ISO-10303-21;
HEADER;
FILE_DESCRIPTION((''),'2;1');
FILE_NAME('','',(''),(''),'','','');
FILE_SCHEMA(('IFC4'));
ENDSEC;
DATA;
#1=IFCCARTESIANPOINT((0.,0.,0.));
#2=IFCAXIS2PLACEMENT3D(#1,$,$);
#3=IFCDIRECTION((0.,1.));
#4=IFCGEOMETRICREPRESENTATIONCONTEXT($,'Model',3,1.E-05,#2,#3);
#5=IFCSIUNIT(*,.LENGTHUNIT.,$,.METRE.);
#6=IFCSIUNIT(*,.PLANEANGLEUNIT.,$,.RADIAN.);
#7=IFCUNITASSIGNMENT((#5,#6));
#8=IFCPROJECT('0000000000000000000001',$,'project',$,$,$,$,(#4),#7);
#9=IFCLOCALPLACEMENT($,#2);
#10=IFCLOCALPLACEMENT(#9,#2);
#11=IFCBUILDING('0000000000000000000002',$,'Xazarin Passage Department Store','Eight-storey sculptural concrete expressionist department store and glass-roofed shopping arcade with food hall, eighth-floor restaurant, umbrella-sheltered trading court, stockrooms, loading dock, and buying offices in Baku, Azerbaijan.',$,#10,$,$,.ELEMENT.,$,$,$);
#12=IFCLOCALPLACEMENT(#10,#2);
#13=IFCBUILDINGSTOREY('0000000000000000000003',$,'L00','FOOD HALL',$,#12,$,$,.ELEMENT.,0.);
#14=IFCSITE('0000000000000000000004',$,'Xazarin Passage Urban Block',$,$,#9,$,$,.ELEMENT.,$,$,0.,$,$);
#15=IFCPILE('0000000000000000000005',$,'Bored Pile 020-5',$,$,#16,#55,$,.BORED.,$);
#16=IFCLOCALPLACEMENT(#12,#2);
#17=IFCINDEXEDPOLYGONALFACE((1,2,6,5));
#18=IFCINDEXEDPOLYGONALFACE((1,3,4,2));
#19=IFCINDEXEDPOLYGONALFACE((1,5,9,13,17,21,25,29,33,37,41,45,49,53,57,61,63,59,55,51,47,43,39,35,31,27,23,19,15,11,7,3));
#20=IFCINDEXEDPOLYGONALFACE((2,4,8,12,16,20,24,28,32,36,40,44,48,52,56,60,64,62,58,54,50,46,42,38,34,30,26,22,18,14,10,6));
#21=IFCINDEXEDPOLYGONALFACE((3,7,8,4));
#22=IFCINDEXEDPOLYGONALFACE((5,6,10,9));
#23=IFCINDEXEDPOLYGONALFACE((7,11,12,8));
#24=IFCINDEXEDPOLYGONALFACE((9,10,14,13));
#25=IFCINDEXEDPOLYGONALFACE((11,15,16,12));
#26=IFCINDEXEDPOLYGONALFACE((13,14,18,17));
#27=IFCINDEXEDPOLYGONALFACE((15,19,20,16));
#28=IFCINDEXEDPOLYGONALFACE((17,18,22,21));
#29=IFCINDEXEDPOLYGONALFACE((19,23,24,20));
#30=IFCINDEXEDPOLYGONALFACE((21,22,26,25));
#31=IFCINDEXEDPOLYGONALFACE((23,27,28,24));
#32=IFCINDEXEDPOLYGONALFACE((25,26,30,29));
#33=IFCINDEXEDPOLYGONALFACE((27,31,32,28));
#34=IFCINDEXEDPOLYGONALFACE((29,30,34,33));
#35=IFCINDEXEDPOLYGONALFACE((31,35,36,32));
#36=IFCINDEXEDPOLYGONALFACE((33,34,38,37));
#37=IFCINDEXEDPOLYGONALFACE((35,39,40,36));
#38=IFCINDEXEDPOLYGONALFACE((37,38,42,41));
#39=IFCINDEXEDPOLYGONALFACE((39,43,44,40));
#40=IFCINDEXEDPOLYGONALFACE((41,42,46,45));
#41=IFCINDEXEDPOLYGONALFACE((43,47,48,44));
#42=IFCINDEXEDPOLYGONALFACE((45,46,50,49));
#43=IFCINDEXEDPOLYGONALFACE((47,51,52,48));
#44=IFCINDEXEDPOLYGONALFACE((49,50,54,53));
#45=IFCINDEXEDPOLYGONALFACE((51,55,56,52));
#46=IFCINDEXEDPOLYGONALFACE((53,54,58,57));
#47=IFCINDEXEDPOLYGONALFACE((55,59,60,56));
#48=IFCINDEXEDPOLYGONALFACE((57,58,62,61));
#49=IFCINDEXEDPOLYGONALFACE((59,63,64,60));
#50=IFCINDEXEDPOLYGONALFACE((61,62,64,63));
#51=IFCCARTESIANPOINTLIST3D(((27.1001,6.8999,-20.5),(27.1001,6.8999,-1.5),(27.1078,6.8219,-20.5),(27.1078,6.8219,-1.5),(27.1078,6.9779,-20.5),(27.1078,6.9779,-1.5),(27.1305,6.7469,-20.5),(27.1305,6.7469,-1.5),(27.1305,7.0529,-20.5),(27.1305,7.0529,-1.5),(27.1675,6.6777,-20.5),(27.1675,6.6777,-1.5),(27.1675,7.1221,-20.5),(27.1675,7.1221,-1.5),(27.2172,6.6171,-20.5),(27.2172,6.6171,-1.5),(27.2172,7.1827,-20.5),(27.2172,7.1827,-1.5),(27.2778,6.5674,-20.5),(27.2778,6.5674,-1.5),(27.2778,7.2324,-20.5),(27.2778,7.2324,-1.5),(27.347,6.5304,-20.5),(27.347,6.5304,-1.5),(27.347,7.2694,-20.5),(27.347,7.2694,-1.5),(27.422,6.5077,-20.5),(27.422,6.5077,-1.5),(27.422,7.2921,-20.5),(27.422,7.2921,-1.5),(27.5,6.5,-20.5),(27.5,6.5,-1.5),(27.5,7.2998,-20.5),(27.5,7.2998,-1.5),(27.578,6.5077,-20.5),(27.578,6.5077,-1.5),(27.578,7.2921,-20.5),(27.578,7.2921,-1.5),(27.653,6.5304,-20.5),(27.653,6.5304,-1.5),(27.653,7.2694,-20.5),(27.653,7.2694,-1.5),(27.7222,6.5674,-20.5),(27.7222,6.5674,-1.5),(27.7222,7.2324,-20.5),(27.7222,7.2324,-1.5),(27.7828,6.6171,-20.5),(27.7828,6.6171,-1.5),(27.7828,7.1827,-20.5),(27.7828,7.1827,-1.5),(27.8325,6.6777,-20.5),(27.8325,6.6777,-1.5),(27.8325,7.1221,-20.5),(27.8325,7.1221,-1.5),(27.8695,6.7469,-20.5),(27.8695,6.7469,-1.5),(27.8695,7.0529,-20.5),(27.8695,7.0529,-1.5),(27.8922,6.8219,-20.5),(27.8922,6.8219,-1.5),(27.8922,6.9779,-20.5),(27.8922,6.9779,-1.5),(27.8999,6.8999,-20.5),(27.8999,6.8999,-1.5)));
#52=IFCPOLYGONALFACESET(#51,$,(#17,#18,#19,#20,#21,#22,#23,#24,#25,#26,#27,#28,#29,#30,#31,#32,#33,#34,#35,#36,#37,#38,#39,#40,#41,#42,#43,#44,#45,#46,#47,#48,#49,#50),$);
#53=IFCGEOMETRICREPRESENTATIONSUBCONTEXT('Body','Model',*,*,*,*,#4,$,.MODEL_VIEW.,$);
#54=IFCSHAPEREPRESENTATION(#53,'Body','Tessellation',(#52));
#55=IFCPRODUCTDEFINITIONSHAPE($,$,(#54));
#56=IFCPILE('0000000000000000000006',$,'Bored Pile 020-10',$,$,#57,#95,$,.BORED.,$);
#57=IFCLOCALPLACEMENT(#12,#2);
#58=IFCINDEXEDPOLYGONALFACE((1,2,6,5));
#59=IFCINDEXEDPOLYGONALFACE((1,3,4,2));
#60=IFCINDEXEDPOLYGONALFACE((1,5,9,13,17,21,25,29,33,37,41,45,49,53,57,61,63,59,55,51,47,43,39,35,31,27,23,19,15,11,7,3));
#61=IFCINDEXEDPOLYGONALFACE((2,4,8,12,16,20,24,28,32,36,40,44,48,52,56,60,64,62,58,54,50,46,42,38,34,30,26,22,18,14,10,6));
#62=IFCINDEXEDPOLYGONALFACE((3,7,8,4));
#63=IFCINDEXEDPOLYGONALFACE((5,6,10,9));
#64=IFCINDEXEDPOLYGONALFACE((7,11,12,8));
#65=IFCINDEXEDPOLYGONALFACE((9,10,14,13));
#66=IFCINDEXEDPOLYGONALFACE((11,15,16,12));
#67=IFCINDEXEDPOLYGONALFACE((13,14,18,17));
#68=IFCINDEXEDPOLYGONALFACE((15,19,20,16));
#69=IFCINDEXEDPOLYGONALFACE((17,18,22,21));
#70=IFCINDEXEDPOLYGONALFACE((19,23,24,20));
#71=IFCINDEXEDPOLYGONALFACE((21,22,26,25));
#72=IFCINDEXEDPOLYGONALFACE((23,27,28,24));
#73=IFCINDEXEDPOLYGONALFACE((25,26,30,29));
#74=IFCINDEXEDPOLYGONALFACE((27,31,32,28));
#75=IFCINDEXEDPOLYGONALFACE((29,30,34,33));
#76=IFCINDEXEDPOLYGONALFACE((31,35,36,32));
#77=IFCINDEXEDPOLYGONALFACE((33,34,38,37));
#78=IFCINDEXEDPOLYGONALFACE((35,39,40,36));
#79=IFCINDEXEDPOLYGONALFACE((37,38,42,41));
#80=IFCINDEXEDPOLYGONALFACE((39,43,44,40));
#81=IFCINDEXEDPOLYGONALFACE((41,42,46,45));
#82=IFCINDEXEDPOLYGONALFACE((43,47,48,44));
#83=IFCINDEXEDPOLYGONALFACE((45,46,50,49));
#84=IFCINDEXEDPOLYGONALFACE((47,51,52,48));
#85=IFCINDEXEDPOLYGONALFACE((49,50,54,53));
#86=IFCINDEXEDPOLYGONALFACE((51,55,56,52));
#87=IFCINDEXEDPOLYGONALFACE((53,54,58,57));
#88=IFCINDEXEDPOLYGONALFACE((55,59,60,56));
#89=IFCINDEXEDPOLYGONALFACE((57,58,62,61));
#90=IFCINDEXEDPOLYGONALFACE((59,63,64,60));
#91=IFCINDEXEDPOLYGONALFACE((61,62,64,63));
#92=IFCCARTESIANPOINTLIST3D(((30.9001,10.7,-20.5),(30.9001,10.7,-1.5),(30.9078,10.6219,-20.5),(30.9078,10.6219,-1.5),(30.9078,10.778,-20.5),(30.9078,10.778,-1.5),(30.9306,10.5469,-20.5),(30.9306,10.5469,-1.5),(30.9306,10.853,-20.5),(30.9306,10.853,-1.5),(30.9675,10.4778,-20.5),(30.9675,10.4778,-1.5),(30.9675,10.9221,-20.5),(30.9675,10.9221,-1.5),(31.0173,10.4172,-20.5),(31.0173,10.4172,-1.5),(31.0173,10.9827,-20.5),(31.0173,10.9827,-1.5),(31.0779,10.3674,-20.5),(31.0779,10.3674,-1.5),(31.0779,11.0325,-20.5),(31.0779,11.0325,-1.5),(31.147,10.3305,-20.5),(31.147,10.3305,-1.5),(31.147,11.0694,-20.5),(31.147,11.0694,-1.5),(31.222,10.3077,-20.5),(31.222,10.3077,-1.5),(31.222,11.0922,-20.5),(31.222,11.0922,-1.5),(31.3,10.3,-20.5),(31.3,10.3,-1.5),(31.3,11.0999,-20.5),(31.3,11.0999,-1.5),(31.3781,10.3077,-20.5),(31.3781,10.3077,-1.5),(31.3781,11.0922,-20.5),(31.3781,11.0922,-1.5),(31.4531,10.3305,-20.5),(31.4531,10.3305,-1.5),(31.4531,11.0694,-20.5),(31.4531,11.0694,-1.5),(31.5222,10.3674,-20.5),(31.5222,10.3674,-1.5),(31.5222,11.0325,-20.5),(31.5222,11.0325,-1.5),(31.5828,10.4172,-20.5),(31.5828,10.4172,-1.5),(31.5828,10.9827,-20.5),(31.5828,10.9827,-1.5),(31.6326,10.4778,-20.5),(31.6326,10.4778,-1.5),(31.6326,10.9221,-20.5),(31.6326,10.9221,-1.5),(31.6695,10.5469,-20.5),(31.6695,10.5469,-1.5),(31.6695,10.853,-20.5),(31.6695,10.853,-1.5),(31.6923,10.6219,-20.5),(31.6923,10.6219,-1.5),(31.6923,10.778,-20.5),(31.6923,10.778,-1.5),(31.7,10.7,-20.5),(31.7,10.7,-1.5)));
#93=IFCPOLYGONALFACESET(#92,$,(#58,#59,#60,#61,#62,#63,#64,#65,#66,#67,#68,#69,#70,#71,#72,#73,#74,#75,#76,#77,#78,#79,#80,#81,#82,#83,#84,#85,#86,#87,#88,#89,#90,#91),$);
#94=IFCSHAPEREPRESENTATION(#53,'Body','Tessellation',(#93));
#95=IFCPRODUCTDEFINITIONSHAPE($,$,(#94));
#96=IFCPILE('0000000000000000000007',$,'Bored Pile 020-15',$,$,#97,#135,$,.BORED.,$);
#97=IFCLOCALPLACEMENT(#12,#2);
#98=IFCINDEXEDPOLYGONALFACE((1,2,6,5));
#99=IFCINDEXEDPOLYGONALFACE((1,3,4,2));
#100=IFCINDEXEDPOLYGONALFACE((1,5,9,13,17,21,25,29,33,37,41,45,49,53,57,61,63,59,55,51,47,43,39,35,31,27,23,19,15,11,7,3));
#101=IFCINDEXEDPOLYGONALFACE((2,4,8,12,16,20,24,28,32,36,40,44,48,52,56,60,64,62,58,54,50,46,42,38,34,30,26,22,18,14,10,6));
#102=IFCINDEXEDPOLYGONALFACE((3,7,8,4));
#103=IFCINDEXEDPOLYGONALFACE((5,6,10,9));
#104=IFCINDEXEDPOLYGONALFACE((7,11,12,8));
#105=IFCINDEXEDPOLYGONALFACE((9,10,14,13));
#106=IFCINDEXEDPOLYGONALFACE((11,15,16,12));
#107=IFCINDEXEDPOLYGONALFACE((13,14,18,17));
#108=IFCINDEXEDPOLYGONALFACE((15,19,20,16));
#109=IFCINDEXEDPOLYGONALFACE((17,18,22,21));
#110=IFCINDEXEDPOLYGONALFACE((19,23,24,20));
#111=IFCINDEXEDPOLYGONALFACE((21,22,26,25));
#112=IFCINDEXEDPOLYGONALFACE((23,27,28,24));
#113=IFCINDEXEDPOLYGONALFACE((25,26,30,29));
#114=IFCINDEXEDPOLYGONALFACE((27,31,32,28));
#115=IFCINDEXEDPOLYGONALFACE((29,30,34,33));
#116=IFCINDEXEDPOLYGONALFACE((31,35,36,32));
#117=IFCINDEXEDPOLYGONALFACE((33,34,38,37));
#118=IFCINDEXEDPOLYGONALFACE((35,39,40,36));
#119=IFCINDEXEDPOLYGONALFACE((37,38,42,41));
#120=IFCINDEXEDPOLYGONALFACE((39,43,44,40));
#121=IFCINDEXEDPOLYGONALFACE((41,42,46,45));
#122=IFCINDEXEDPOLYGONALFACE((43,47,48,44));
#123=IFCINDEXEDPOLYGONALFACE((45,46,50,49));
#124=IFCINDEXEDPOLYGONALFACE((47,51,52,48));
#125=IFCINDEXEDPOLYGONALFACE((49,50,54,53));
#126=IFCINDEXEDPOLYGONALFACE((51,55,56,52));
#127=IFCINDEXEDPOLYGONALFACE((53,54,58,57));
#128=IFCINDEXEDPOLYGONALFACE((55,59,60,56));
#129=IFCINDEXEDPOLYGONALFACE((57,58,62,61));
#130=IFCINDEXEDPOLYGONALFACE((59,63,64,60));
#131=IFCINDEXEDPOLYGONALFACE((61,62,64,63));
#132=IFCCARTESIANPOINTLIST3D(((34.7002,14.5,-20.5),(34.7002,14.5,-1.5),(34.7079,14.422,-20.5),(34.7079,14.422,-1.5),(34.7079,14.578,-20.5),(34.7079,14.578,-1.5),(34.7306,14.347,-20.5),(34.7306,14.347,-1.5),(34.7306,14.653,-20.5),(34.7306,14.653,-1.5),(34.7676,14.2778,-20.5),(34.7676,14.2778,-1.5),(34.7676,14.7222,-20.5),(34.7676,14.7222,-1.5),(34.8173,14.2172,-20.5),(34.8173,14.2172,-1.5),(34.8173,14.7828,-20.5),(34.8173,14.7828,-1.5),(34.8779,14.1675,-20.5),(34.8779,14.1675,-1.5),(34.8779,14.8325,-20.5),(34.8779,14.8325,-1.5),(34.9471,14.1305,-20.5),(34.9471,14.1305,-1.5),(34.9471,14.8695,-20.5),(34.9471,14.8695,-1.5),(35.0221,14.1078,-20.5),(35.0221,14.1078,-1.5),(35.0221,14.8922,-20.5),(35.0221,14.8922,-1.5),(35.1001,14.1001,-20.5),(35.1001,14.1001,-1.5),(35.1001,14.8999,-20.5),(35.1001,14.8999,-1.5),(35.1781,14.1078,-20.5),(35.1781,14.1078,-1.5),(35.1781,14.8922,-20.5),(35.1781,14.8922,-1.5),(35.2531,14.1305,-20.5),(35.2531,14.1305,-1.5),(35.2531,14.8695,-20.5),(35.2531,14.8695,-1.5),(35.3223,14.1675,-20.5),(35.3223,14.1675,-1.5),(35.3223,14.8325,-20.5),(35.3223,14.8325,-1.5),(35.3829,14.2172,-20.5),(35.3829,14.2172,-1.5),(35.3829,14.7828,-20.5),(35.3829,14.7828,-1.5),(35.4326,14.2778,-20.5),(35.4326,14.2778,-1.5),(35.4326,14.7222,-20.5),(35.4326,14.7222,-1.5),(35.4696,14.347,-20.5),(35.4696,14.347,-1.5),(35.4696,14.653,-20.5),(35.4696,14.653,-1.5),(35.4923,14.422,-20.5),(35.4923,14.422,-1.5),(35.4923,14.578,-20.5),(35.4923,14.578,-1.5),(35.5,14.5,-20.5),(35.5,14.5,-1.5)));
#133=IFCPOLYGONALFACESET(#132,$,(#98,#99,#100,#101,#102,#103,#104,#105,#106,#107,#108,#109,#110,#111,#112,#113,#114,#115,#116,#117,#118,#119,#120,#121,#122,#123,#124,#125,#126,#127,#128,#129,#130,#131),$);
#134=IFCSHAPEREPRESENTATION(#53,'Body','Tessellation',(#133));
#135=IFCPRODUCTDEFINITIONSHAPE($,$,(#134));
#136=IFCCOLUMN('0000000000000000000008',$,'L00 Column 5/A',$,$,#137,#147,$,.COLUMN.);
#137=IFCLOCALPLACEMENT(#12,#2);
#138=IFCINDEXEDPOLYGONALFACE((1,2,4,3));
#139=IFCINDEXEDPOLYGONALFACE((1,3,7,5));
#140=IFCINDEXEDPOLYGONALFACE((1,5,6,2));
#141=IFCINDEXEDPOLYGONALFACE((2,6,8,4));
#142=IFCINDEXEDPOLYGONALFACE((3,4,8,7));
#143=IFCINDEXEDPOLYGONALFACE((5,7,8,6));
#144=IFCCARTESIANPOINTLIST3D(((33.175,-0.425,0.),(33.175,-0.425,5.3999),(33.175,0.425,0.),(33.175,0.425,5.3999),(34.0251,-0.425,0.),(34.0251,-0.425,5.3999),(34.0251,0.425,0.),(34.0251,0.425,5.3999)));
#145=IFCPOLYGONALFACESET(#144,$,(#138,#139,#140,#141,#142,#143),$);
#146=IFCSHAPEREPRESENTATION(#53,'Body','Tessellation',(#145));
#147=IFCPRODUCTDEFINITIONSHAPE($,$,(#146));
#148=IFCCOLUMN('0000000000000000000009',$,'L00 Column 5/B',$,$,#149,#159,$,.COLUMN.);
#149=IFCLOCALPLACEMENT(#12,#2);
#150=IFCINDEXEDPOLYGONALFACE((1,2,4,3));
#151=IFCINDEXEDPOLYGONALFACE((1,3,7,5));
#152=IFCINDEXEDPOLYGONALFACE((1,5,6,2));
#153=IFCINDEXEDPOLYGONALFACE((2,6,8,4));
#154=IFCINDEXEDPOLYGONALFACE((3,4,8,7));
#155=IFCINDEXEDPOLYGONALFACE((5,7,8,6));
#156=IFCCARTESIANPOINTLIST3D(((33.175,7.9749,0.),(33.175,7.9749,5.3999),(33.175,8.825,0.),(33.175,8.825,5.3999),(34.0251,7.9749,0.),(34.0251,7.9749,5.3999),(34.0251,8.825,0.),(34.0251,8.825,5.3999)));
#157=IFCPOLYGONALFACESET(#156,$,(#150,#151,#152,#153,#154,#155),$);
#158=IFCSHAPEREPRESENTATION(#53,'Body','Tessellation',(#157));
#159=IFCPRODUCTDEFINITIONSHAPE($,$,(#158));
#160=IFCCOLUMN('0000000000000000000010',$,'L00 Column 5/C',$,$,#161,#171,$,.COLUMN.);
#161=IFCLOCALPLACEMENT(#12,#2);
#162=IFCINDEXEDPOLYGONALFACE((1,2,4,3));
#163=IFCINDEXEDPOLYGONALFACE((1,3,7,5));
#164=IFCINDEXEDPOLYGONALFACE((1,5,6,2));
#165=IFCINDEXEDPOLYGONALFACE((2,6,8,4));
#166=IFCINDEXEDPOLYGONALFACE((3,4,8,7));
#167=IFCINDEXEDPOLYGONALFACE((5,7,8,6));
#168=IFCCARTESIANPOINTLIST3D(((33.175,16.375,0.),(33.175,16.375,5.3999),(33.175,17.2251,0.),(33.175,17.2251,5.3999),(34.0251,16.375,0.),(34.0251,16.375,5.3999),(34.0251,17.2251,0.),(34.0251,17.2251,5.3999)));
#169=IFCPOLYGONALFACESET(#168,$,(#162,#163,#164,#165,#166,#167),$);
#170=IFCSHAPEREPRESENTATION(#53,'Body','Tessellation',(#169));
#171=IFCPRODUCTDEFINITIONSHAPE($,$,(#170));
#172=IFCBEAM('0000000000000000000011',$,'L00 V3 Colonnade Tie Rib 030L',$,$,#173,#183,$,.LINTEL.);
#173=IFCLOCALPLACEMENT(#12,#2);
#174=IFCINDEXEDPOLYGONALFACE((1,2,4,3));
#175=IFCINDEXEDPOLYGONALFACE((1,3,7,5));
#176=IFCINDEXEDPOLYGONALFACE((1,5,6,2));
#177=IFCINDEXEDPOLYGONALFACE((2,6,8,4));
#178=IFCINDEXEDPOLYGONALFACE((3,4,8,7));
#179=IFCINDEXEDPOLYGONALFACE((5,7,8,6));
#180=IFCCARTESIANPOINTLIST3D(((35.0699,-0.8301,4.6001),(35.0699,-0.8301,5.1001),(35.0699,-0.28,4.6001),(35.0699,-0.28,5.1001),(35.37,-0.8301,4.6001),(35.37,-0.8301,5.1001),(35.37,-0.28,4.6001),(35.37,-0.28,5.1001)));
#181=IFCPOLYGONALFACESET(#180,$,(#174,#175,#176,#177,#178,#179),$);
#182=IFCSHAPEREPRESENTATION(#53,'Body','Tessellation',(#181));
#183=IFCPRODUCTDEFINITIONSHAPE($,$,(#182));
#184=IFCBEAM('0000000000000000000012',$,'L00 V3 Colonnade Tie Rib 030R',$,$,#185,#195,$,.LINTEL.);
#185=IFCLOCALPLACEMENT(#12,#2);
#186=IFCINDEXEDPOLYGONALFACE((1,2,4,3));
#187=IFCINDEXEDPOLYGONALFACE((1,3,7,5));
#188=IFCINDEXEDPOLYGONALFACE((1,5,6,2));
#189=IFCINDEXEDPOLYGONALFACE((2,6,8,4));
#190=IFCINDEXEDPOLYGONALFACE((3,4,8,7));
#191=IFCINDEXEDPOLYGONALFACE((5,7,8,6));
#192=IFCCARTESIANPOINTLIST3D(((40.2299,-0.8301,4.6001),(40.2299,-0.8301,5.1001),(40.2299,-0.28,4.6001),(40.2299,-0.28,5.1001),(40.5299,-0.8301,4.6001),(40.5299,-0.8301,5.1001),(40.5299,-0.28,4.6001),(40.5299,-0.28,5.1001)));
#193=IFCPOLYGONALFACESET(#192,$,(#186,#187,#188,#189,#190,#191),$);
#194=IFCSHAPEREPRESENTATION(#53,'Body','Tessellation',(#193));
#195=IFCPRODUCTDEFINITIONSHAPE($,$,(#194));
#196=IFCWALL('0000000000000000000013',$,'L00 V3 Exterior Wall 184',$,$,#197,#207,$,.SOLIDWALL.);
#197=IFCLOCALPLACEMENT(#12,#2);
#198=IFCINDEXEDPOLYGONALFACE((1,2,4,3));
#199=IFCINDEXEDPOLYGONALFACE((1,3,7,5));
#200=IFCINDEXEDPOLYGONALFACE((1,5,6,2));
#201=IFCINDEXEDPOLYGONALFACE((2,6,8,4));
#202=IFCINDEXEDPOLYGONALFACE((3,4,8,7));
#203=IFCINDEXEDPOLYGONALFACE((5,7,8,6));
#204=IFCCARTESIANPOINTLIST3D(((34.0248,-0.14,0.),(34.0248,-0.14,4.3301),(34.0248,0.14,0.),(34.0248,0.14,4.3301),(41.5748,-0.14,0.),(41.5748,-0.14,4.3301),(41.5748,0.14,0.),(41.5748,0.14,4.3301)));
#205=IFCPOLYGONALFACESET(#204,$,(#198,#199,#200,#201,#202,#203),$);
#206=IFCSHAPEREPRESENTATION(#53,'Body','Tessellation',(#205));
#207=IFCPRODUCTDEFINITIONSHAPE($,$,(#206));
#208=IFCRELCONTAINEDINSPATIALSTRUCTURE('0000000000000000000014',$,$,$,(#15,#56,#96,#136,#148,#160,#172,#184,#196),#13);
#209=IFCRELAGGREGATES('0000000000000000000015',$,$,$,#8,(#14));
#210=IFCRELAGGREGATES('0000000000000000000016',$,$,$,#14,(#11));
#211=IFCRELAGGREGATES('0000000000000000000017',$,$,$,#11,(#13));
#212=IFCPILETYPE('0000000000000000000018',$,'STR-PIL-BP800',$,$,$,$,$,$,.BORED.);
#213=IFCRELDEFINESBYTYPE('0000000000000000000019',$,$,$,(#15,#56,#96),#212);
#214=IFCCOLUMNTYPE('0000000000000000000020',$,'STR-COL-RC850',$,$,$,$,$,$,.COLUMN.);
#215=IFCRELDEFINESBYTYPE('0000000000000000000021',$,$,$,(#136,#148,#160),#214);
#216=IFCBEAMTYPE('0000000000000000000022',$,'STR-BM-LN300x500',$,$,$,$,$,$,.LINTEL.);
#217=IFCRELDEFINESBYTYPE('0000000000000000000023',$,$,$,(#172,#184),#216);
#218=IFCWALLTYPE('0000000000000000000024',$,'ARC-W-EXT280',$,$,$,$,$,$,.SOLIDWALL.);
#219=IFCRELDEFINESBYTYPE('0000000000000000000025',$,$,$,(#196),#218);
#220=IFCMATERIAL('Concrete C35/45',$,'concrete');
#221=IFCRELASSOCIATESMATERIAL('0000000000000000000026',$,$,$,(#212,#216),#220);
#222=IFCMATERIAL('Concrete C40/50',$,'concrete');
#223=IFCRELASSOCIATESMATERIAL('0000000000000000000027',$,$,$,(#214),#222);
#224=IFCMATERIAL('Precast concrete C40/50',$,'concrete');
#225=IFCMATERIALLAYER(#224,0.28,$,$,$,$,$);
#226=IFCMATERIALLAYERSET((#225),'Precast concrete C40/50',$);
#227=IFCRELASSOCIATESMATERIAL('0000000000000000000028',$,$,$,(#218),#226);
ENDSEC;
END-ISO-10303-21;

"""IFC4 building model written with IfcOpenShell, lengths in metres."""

from ifc_helpers import new_model, si_unit, direction, frame, frame_2d, origin, origin_2d, place, context, subcontext, project, spatial, rectangle, circle, extrude, material, layer, layer_set, material_profile, profile_set, type_object, element, save


model = new_model("IFC4")

# Units and contexts
model_context = context("Model", 3, precision=1e-05, world=origin(), true_north=direction((0.0, 1.0)))
body_context = subcontext(model_context, "Body", "Model", "MODEL_VIEW")
ifc_project = project(units=[si_unit("LENGTHUNIT", "METRE"), si_unit("PLANEANGLEUNIT", "RADIAN")], contexts=[model_context])

# Site, building, storey
site_placement = place(None, origin())
site = spatial("IfcSite", under=ifc_project, at=site_placement, Name="Xazarin Passage Urban Block", CompositionType="ELEMENT", RefElevation=0.0)
building_placement = place(site_placement, origin())
building = spatial("IfcBuilding", under=site, at=building_placement, Name="Xazarin Passage Department Store", Description="Eight-storey sculptural concrete expressionist department store and glass-roofed shopping arcade with food hall, eighth-floor restaurant, umbrella-sheltered trading court, stockrooms, loading dock, and buying offices in Baku, Azerbaijan.", CompositionType="ELEMENT")
storey_placement = place(building_placement, origin())
storey = spatial("IfcBuildingStorey", under=building, at=storey_placement, Name="L00", Description="FOOD HALL", CompositionType="ELEMENT", Elevation=0.0)

# Shared definitions
ifc_material_1 = material(Name="Concrete C35/45", Category="concrete")

# Piles
ifc_material_profile_1 = material_profile(ifc_material_1, circle(Radius=0.3999, at=origin_2d()), Name="BP 800")
ifc_profile_set_1 = profile_set([ifc_material_profile_1], Name="Concrete C35/45")
pile_type_1 = type_object("IfcPileType", Name="STR-PIL-BP800", PredefinedType="BORED", material=ifc_profile_set_1)
for number, where, z_axis, x_axis, name in (
    (1, (27.5, 6.8999, -1.5), (0.0, 0.0, -1.0), (1.0, 0.0, 0.0), "Bored Pile 020-5"),
    (2, (31.3, 10.7, -1.5), (0.0, 0.0, -1.0), (1.0, 0.0, 0.0), "Bored Pile 020-10"),
    (3, (35.1001, 14.5, -1.5), (0.0, 0.0, -1.0), (1.0, 0.0, 0.0), "Bored Pile 020-15"),
):
    element("IfcPile", number, at=place(storey_placement, frame(where, z_axis=z_axis, x_axis=x_axis)), inside=storey, type_object=pile_type_1, Name=name, PredefinedType="BORED", context=body_context, shape_type="SweptSolid", body=[
        extrude(circle(Radius=0.3999, at=origin_2d()), origin(), (0.0, 0.0, 1.0), 19.0),
    ])

# Columns
ifc_material_2 = material(Name="Concrete C40/50", Category="concrete")
ifc_material_profile_2 = material_profile(ifc_material_2, rectangle(XDim=0.8501, YDim=0.8501, at=origin_2d()), Name="RC 850x850")
ifc_profile_set_2 = profile_set([ifc_material_profile_2], Name="Concrete C40/50")
column_type = type_object("IfcColumnType", Name="STR-COL-RC850", PredefinedType="COLUMN", material=ifc_profile_set_2)
for number, where, z_axis, x_axis, name in (
    (4, (33.6001, 0.0, 0.0), (0.0, 0.0, 1.0), (1.0, 0.0, 0.0), "L00 Column 5/A"),
    (5, (33.6001, 8.3999, 0.0), (0.0, 0.0, 1.0), (1.0, 0.0, 0.0), "L00 Column 5/B"),
    (6, (33.6001, 16.8, 0.0), (0.0, 0.0, 1.0), (1.0, 0.0, 0.0), "L00 Column 5/C"),
):
    element("IfcColumn", number, at=place(storey_placement, frame(where, z_axis=z_axis, x_axis=x_axis)), inside=storey, type_object=column_type, Name=name, PredefinedType="COLUMN", context=body_context, shape_type="SweptSolid", body=[
        extrude(rectangle(XDim=0.8501, YDim=0.8501, at=origin_2d()), origin(), (0.0, 0.0, 1.0), 5.3999),
    ])

# Beams
ifc_material_profile_3 = material_profile(ifc_material_1, rectangle(XDim=0.3, YDim=0.5, at=origin_2d()), Name="RC 300x500")
ifc_profile_set_3 = profile_set([ifc_material_profile_3], Name="Concrete C35/45")
beam_type = type_object("IfcBeamType", Name="STR-BM-LN300x500", PredefinedType="LINTEL", material=ifc_profile_set_3)
for number, where, z_axis, x_axis, name in (
    (7, (35.22, -0.28, 4.8501), (0.0, -1.0, 0.0), (1.0, 0.0, 0.0), "L00 V3 Colonnade Tie Rib 030L"),
    (8, (40.3799, -0.28, 4.8501), (0.0, -1.0, 0.0), (1.0, 0.0, 0.0), "L00 V3 Colonnade Tie Rib 030R"),
):
    element("IfcBeam", number, at=place(storey_placement, frame(where, z_axis=z_axis, x_axis=x_axis)), inside=storey, type_object=beam_type, Name=name, PredefinedType="LINTEL", context=body_context, shape_type="SweptSolid", body=[
        extrude(rectangle(XDim=0.3, YDim=0.5, at=origin_2d()), origin(), (0.0, 0.0, 1.0), 0.55),
    ])

# Wall
ifc_material_3 = material(Name="Precast concrete C40/50", Category="concrete")
ifc_layer_1 = layer(ifc_material_3, 0.28)
ifc_layer_set_1 = layer_set([ifc_layer_1], Name="Precast concrete C40/50")
wall_type_1 = type_object("IfcWallType", Name="ARC-W-EXT280", PredefinedType="SOLIDWALL", material=ifc_layer_set_1)
wall_1_placement = place(storey_placement, frame((34.0249, 0.0, 0.0), z_axis=(0.0, 0.0, 1.0), x_axis=(1.0, 0.0, 0.0)))
element("IfcWall", 9, at=wall_1_placement, inside=storey, type_object=wall_type_1, Name="L00 V3 Exterior Wall 184", PredefinedType="SOLIDWALL", context=body_context, shape_type="SweptSolid", body=[
    extrude(rectangle(XDim=7.55, YDim=0.28, at=frame_2d((3.7749, 0.0))), origin(), (0.0, 0.0, 1.0), 4.3301),
])

save(model, "model.ifc")
